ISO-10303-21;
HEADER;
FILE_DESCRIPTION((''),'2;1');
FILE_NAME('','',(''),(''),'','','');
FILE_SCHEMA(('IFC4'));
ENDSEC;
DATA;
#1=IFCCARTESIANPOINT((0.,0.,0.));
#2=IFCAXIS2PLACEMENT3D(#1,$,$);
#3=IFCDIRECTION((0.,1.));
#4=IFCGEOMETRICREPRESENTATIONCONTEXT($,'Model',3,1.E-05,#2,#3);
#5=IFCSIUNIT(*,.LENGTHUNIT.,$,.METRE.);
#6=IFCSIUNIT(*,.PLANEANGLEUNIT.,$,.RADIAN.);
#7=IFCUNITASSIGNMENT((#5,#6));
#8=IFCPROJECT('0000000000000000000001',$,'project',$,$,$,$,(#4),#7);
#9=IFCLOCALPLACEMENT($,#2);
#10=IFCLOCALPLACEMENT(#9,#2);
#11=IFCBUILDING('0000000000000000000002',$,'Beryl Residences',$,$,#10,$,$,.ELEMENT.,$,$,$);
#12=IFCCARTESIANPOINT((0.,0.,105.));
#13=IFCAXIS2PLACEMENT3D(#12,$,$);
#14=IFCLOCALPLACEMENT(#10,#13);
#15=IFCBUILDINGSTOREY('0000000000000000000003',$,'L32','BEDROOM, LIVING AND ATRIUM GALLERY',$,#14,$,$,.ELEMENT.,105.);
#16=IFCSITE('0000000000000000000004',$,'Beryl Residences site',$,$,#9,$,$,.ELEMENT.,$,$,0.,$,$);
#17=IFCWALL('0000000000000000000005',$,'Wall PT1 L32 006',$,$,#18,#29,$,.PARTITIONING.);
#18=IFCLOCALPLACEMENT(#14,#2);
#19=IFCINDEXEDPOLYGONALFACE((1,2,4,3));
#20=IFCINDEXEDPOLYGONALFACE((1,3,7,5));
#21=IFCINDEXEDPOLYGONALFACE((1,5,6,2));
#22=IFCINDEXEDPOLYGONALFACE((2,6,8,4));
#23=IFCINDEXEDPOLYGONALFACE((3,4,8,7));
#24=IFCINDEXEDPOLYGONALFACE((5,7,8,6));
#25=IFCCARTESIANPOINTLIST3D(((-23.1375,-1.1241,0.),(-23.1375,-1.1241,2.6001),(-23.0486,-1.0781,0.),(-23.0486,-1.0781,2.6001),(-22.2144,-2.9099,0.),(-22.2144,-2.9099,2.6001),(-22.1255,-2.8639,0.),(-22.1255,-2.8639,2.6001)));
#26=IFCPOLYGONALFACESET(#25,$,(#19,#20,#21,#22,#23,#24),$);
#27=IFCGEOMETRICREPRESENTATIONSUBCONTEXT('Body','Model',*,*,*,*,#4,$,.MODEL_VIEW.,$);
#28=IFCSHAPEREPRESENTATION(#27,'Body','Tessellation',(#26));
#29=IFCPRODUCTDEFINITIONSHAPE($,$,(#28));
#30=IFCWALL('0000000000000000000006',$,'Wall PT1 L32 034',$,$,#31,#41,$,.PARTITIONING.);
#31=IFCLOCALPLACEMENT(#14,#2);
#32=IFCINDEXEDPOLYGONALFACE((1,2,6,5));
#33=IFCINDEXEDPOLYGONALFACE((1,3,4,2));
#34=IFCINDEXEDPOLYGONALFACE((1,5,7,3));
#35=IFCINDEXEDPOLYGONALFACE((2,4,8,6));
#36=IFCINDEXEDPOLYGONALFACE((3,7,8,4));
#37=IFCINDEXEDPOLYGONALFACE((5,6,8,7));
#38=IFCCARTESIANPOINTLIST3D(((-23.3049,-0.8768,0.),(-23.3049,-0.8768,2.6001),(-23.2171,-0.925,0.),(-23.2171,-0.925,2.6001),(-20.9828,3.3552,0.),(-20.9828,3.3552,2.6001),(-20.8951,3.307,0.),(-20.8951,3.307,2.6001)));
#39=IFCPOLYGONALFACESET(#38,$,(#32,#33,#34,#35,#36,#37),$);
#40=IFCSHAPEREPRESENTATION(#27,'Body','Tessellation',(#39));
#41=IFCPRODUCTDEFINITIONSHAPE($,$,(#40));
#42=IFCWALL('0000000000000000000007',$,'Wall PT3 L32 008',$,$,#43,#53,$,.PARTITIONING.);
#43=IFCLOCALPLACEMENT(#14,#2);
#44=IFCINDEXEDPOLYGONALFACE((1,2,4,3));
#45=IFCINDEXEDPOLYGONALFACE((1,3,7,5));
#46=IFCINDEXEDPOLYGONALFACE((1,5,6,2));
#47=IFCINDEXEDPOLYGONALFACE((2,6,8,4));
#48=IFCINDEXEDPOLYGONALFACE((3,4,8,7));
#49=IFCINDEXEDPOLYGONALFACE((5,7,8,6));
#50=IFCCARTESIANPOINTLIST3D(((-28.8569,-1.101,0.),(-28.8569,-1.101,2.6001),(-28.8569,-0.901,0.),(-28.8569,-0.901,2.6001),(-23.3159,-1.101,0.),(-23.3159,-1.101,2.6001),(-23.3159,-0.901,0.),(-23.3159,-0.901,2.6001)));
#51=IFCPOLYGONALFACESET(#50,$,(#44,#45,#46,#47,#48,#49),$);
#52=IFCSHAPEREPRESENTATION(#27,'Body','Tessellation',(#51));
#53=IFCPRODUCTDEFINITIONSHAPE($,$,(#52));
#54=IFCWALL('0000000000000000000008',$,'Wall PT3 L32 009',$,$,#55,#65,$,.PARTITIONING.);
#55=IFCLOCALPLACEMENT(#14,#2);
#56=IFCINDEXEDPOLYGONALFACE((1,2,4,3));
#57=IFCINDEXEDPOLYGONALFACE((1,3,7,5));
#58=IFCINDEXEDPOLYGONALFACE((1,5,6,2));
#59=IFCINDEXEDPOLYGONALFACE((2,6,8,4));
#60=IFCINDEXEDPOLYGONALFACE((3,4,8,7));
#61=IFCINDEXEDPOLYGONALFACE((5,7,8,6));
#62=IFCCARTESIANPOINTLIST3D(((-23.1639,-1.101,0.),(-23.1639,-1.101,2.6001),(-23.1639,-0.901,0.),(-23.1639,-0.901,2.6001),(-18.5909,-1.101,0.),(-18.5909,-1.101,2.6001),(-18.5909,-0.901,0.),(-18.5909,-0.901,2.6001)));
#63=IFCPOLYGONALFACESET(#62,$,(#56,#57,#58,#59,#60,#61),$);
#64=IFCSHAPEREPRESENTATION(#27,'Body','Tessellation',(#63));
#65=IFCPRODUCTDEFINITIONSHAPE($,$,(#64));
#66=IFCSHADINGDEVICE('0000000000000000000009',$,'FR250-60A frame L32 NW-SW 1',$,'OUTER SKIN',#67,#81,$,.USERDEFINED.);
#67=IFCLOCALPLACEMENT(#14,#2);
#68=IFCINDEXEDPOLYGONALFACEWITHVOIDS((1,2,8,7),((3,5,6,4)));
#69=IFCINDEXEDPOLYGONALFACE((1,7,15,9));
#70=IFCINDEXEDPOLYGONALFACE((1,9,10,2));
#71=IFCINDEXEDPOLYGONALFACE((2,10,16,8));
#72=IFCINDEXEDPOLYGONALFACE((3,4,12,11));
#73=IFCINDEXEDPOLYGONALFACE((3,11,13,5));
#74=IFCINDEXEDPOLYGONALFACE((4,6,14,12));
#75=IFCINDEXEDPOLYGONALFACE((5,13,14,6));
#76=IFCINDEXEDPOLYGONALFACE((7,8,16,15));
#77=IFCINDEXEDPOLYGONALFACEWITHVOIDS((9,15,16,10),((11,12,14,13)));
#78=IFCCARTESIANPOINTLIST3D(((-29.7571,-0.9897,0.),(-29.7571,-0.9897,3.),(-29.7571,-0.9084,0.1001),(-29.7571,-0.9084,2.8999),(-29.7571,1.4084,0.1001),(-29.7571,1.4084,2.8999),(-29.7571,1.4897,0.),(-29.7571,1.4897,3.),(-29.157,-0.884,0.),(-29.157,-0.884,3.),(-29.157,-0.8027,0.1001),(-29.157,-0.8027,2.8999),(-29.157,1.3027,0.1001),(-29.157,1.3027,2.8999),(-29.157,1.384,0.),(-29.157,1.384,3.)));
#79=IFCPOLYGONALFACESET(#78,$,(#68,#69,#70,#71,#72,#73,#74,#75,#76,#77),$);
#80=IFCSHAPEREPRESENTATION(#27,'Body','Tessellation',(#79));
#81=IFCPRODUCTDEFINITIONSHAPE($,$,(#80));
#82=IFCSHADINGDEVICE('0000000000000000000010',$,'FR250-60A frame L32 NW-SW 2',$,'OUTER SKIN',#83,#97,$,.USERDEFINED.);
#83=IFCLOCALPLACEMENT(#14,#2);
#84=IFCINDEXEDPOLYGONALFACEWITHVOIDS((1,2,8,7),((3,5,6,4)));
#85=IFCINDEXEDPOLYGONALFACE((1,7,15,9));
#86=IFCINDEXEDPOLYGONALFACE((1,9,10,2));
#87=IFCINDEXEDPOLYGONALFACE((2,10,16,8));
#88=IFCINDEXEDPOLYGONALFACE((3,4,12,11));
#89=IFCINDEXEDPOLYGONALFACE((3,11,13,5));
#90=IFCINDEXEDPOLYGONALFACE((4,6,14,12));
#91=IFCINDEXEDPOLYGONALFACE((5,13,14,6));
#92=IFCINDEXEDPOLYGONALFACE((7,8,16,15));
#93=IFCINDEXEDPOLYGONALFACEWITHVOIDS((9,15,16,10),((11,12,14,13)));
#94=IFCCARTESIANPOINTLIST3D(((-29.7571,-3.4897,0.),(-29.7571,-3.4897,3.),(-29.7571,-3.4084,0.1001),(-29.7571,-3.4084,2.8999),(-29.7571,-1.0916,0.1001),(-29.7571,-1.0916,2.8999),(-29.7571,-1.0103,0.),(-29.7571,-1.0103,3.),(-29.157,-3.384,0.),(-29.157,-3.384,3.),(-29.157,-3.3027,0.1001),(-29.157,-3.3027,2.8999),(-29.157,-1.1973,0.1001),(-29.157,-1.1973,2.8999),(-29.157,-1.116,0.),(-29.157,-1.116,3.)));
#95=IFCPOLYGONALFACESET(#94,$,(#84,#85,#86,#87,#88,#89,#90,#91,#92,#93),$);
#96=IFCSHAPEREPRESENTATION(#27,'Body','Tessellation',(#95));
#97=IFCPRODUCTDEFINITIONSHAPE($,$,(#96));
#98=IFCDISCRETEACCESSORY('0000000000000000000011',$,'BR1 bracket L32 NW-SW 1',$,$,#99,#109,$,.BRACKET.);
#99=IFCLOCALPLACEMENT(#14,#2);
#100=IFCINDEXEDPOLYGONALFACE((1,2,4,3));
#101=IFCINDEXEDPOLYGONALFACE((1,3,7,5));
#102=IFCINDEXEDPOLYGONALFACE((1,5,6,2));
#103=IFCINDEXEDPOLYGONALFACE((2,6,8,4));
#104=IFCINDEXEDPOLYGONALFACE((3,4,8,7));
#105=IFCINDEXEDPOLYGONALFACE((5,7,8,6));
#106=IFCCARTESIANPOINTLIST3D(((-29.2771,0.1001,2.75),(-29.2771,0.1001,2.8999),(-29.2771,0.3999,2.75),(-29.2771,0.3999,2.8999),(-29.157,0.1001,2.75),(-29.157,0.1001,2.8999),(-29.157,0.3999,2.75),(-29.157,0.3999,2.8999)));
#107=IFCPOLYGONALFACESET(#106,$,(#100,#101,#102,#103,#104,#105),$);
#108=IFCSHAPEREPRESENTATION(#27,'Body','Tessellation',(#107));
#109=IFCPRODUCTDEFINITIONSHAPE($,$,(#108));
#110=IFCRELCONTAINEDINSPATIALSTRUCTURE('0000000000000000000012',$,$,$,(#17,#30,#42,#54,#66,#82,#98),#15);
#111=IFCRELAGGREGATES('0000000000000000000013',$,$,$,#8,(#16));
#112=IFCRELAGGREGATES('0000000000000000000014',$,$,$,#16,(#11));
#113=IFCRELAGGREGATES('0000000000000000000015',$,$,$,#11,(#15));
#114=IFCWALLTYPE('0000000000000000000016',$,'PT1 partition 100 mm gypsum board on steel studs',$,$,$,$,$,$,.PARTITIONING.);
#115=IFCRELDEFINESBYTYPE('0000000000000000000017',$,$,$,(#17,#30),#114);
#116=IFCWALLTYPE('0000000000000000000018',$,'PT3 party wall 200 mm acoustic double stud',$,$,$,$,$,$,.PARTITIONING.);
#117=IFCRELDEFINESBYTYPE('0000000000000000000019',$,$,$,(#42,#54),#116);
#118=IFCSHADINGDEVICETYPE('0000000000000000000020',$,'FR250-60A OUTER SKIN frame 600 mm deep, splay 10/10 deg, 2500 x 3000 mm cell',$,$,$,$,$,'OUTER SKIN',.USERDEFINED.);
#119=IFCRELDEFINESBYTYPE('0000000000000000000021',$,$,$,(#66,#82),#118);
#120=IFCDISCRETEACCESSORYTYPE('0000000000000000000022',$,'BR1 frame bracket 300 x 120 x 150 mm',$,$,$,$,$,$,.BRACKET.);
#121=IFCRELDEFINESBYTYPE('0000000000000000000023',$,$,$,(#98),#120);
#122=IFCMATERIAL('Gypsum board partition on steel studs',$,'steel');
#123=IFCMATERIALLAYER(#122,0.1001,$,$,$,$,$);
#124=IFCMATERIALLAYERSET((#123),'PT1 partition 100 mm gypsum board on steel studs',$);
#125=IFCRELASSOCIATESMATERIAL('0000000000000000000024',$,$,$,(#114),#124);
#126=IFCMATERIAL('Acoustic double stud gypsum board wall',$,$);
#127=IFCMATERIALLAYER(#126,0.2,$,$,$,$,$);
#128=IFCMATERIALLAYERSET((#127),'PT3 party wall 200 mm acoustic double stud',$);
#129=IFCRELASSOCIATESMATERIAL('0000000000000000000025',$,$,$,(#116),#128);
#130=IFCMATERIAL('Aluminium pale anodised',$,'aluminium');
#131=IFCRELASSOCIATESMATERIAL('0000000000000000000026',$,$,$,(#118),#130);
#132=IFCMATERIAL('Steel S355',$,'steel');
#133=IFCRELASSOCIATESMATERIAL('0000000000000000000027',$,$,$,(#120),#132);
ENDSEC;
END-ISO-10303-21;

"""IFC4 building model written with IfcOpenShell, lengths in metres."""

from ifc_helpers import new_model, entity, si_unit, direction, frame, frame_2d, origin, place, context, subcontext, project, spatial, polyline, rectangle, outline, extrude, source, transform, mapped, material, layer, layer_set, type_object, type_shapes, element, save


model = new_model("IFC4")

# Units and contexts
model_context = context("Model", 3, precision=1e-05, world=origin(), true_north=direction((0.0, 1.0)))
body_context = subcontext(model_context, "Body", "Model", "MODEL_VIEW")
ifc_project = project(units=[si_unit("LENGTHUNIT", "METRE"), si_unit("PLANEANGLEUNIT", "RADIAN")], contexts=[model_context])

# Site, building, storey
site_placement = place(None, origin())
site = spatial("IfcSite", under=ifc_project, at=site_placement, Name="Beryl Residences site", CompositionType="ELEMENT", RefElevation=0.0)
building_placement = place(site_placement, origin())
building = spatial("IfcBuilding", under=site, at=building_placement, Name="Beryl Residences", CompositionType="ELEMENT")
storey_placement = place(building_placement, frame((0.0, 0.0, 105.0)))
storey = spatial("IfcBuildingStorey", under=building, at=storey_placement, Name="L32", Description="BEDROOM, LIVING AND ATRIUM GALLERY", CompositionType="ELEMENT", Elevation=105.0)

# Walls
ifc_material_1 = material(Name="Gypsum board partition on steel studs", Category="steel")
ifc_layer_1 = layer(ifc_material_1, 0.1001)
ifc_layer_set_1 = layer_set([ifc_layer_1], Name="PT1 partition 100 mm gypsum board on steel studs")
wall_type_1 = type_object("IfcWallType", Name="PT1 partition 100 mm gypsum board on steel studs", PredefinedType="PARTITIONING", material=ifc_layer_set_1)
wall_1_placement = place(storey_placement, frame((-23.093, -1.1011, 0.0), z_axis=(0.0, 0.0, 1.0), x_axis=(0.459172, -0.888347, 0.0)))
element("IfcWall", 1, at=wall_1_placement, inside=storey, type_object=wall_type_1, Name="Wall PT1 L32 006", PredefinedType="PARTITIONING", context=body_context, shape_type="SweptSolid", body=[
    extrude(rectangle(XDim=2.0103, YDim=0.1001, at=frame_2d((1.0051, 0.0))), origin(), (0.0, 0.0, 1.0), 2.6001),
])
wall_2_placement = place(storey_placement, frame((-23.261, -0.9009, 0.0), z_axis=(0.0, 0.0, 1.0), x_axis=(0.481037, 0.8767, 0.0)))
element("IfcWall", 2, at=wall_2_placement, inside=storey, type_object=wall_type_1, Name="Wall PT1 L32 034", PredefinedType="PARTITIONING", context=body_context, shape_type="SweptSolid", body=[
    extrude(rectangle(XDim=4.8271, YDim=0.1001, at=frame_2d((2.4136, 0.0))), origin(), (0.0, 0.0, 1.0), 2.6001),
])
ifc_material_2 = material(Name="Acoustic double stud gypsum board wall")
ifc_layer_2 = layer(ifc_material_2, 0.2)
ifc_layer_set_2 = layer_set([ifc_layer_2], Name="PT3 party wall 200 mm acoustic double stud")
wall_type_2 = type_object("IfcWallType", Name="PT3 party wall 200 mm acoustic double stud", PredefinedType="PARTITIONING", material=ifc_layer_set_2)
wall_3_placement = place(storey_placement, frame((-28.8569, -1.001, 0.0), z_axis=(0.0, 0.0, 1.0), x_axis=(1.0, 0.0, 0.0)))
element("IfcWall", 3, at=wall_3_placement, inside=storey, type_object=wall_type_2, Name="Wall PT3 L32 008", PredefinedType="PARTITIONING", context=body_context, shape_type="SweptSolid", body=[
    extrude(rectangle(XDim=5.541, YDim=0.2, at=frame_2d((2.7705, 0.0))), origin(), (0.0, 0.0, 1.0), 2.6001),
])
wall_4_placement = place(storey_placement, frame((-23.1641, -1.001, 0.0), z_axis=(0.0, 0.0, 1.0), x_axis=(1.0, 0.0, 0.0)))
element("IfcWall", 4, at=wall_4_placement, inside=storey, type_object=wall_type_2, Name="Wall PT3 L32 009", PredefinedType="PARTITIONING", context=body_context, shape_type="SweptSolid", body=[
    extrude(rectangle(XDim=4.573, YDim=0.2, at=frame_2d((2.2866, 0.0))), origin(), (0.0, 0.0, 1.0), 2.6001),
])

# Shading devices
ifc_material_3 = material(Name="Aluminium pale anodised", Category="aluminium")
shading_device_type = type_object("IfcShadingDeviceType", Name="FR250-60A OUTER SKIN frame 600 mm deep, splay 10/10 deg, 2500 x 3000 mm cell", ElementType="OUTER SKIN", PredefinedType="USERDEFINED", material=ifc_material_3)
cartesian_point_1 = entity("IfcCartesianPoint", [-1.134, 0.0])
cartesian_point_2 = entity("IfcCartesianPoint", [-1.0527, 0.1001])
cartesian_point_3 = entity("IfcCartesianPoint", [-1.2397, 0.0])
cartesian_point_4 = entity("IfcCartesianPoint", [-1.1584, 0.1001])
shared_shape_1 = source(origin(), body_context, "Body", "SweptSolid", [
    entity("IfcExtrudedAreaSolidTapered", entity("IfcArbitraryProfileDefWithVoids", "AREA", None, entity("IfcPolyline", [cartesian_point_1, entity("IfcCartesianPoint", [1.134, 0.0]), entity("IfcCartesianPoint", [1.134, 3.0]), entity("IfcCartesianPoint", [-1.134, 3.0]), cartesian_point_1]), [entity("IfcPolyline", [cartesian_point_2, entity("IfcCartesianPoint", [1.0527, 0.1001]), entity("IfcCartesianPoint", [1.0527, 2.8999]), entity("IfcCartesianPoint", [-1.0527, 2.8999]), cartesian_point_2])]), entity("IfcAxis2Placement3D", entity("IfcCartesianPoint", [0.0, 0.0, 0.0]), entity("IfcDirection", [0.0, 1.0, 0.0]), entity("IfcDirection", [-1.0, 0.0, 0.0])), entity("IfcDirection", [0.0, 0.0, 1.0]), 0.6001, entity("IfcArbitraryProfileDefWithVoids", "AREA", None, entity("IfcPolyline", [cartesian_point_3, entity("IfcCartesianPoint", [1.2397, 0.0]), entity("IfcCartesianPoint", [1.2397, 3.0]), entity("IfcCartesianPoint", [-1.2397, 3.0]), cartesian_point_3]), [entity("IfcPolyline", [cartesian_point_4, entity("IfcCartesianPoint", [1.1584, 0.1001]), entity("IfcCartesianPoint", [1.1584, 2.8999]), entity("IfcCartesianPoint", [-1.1584, 2.8999]), cartesian_point_4])])),
])
type_shapes(shading_device_type, [shared_shape_1])
for number, where, z_axis, x_axis, name in (
    (5, (-29.157, 0.25, 0.0), (0.0, 0.0, 1.0), (0.0, 1.0, 0.0), "FR250-60A frame L32 NW-SW 1"),
    (6, (-29.157, -2.25, 0.0), (0.0, 0.0, 1.0), (0.0, 1.0, 0.0), "FR250-60A frame L32 NW-SW 2"),
):
    element("IfcShadingDevice", number, at=place(storey_placement, frame(where, z_axis=z_axis, x_axis=x_axis)), inside=storey, type_object=shading_device_type, Name=name, ObjectType="OUTER SKIN", PredefinedType="USERDEFINED", context=body_context, shape_type="MappedRepresentation", body=[
        mapped(shared_shape_1, transform((0.0, 0.0, 0.0))),
    ])

# Discrete accessory
ifc_material_4 = material(Name="Steel S355", Category="steel")
discrete_accessory_type = type_object("IfcDiscreteAccessoryType", Name="BR1 frame bracket 300 x 120 x 150 mm", PredefinedType="BRACKET", material=ifc_material_4)
shared_shape_2 = source(origin(), body_context, "Body", "SweptSolid", [
    extrude(outline(polyline([(-0.1499, 0.0), (0.1499, 0.0), (0.1499, 0.1201), (-0.1499, 0.1201), (-0.1499, 0.0)])), origin(), (0.0, 0.0, 1.0), 0.1499),
])
type_shapes(discrete_accessory_type, [shared_shape_2])
discrete_accessory_placement = place(storey_placement, frame((-29.157, 0.25, 2.75), z_axis=(0.0, 0.0, 1.0), x_axis=(0.0, 1.0, 0.0)))
element("IfcDiscreteAccessory", 7, at=discrete_accessory_placement, inside=storey, type_object=discrete_accessory_type, Name="BR1 bracket L32 NW-SW 1", PredefinedType="BRACKET", context=body_context, shape_type="MappedRepresentation", body=[
    mapped(shared_shape_2, transform((0.0, 0.0, 0.0))),
])

save(model, "model.ifc")
